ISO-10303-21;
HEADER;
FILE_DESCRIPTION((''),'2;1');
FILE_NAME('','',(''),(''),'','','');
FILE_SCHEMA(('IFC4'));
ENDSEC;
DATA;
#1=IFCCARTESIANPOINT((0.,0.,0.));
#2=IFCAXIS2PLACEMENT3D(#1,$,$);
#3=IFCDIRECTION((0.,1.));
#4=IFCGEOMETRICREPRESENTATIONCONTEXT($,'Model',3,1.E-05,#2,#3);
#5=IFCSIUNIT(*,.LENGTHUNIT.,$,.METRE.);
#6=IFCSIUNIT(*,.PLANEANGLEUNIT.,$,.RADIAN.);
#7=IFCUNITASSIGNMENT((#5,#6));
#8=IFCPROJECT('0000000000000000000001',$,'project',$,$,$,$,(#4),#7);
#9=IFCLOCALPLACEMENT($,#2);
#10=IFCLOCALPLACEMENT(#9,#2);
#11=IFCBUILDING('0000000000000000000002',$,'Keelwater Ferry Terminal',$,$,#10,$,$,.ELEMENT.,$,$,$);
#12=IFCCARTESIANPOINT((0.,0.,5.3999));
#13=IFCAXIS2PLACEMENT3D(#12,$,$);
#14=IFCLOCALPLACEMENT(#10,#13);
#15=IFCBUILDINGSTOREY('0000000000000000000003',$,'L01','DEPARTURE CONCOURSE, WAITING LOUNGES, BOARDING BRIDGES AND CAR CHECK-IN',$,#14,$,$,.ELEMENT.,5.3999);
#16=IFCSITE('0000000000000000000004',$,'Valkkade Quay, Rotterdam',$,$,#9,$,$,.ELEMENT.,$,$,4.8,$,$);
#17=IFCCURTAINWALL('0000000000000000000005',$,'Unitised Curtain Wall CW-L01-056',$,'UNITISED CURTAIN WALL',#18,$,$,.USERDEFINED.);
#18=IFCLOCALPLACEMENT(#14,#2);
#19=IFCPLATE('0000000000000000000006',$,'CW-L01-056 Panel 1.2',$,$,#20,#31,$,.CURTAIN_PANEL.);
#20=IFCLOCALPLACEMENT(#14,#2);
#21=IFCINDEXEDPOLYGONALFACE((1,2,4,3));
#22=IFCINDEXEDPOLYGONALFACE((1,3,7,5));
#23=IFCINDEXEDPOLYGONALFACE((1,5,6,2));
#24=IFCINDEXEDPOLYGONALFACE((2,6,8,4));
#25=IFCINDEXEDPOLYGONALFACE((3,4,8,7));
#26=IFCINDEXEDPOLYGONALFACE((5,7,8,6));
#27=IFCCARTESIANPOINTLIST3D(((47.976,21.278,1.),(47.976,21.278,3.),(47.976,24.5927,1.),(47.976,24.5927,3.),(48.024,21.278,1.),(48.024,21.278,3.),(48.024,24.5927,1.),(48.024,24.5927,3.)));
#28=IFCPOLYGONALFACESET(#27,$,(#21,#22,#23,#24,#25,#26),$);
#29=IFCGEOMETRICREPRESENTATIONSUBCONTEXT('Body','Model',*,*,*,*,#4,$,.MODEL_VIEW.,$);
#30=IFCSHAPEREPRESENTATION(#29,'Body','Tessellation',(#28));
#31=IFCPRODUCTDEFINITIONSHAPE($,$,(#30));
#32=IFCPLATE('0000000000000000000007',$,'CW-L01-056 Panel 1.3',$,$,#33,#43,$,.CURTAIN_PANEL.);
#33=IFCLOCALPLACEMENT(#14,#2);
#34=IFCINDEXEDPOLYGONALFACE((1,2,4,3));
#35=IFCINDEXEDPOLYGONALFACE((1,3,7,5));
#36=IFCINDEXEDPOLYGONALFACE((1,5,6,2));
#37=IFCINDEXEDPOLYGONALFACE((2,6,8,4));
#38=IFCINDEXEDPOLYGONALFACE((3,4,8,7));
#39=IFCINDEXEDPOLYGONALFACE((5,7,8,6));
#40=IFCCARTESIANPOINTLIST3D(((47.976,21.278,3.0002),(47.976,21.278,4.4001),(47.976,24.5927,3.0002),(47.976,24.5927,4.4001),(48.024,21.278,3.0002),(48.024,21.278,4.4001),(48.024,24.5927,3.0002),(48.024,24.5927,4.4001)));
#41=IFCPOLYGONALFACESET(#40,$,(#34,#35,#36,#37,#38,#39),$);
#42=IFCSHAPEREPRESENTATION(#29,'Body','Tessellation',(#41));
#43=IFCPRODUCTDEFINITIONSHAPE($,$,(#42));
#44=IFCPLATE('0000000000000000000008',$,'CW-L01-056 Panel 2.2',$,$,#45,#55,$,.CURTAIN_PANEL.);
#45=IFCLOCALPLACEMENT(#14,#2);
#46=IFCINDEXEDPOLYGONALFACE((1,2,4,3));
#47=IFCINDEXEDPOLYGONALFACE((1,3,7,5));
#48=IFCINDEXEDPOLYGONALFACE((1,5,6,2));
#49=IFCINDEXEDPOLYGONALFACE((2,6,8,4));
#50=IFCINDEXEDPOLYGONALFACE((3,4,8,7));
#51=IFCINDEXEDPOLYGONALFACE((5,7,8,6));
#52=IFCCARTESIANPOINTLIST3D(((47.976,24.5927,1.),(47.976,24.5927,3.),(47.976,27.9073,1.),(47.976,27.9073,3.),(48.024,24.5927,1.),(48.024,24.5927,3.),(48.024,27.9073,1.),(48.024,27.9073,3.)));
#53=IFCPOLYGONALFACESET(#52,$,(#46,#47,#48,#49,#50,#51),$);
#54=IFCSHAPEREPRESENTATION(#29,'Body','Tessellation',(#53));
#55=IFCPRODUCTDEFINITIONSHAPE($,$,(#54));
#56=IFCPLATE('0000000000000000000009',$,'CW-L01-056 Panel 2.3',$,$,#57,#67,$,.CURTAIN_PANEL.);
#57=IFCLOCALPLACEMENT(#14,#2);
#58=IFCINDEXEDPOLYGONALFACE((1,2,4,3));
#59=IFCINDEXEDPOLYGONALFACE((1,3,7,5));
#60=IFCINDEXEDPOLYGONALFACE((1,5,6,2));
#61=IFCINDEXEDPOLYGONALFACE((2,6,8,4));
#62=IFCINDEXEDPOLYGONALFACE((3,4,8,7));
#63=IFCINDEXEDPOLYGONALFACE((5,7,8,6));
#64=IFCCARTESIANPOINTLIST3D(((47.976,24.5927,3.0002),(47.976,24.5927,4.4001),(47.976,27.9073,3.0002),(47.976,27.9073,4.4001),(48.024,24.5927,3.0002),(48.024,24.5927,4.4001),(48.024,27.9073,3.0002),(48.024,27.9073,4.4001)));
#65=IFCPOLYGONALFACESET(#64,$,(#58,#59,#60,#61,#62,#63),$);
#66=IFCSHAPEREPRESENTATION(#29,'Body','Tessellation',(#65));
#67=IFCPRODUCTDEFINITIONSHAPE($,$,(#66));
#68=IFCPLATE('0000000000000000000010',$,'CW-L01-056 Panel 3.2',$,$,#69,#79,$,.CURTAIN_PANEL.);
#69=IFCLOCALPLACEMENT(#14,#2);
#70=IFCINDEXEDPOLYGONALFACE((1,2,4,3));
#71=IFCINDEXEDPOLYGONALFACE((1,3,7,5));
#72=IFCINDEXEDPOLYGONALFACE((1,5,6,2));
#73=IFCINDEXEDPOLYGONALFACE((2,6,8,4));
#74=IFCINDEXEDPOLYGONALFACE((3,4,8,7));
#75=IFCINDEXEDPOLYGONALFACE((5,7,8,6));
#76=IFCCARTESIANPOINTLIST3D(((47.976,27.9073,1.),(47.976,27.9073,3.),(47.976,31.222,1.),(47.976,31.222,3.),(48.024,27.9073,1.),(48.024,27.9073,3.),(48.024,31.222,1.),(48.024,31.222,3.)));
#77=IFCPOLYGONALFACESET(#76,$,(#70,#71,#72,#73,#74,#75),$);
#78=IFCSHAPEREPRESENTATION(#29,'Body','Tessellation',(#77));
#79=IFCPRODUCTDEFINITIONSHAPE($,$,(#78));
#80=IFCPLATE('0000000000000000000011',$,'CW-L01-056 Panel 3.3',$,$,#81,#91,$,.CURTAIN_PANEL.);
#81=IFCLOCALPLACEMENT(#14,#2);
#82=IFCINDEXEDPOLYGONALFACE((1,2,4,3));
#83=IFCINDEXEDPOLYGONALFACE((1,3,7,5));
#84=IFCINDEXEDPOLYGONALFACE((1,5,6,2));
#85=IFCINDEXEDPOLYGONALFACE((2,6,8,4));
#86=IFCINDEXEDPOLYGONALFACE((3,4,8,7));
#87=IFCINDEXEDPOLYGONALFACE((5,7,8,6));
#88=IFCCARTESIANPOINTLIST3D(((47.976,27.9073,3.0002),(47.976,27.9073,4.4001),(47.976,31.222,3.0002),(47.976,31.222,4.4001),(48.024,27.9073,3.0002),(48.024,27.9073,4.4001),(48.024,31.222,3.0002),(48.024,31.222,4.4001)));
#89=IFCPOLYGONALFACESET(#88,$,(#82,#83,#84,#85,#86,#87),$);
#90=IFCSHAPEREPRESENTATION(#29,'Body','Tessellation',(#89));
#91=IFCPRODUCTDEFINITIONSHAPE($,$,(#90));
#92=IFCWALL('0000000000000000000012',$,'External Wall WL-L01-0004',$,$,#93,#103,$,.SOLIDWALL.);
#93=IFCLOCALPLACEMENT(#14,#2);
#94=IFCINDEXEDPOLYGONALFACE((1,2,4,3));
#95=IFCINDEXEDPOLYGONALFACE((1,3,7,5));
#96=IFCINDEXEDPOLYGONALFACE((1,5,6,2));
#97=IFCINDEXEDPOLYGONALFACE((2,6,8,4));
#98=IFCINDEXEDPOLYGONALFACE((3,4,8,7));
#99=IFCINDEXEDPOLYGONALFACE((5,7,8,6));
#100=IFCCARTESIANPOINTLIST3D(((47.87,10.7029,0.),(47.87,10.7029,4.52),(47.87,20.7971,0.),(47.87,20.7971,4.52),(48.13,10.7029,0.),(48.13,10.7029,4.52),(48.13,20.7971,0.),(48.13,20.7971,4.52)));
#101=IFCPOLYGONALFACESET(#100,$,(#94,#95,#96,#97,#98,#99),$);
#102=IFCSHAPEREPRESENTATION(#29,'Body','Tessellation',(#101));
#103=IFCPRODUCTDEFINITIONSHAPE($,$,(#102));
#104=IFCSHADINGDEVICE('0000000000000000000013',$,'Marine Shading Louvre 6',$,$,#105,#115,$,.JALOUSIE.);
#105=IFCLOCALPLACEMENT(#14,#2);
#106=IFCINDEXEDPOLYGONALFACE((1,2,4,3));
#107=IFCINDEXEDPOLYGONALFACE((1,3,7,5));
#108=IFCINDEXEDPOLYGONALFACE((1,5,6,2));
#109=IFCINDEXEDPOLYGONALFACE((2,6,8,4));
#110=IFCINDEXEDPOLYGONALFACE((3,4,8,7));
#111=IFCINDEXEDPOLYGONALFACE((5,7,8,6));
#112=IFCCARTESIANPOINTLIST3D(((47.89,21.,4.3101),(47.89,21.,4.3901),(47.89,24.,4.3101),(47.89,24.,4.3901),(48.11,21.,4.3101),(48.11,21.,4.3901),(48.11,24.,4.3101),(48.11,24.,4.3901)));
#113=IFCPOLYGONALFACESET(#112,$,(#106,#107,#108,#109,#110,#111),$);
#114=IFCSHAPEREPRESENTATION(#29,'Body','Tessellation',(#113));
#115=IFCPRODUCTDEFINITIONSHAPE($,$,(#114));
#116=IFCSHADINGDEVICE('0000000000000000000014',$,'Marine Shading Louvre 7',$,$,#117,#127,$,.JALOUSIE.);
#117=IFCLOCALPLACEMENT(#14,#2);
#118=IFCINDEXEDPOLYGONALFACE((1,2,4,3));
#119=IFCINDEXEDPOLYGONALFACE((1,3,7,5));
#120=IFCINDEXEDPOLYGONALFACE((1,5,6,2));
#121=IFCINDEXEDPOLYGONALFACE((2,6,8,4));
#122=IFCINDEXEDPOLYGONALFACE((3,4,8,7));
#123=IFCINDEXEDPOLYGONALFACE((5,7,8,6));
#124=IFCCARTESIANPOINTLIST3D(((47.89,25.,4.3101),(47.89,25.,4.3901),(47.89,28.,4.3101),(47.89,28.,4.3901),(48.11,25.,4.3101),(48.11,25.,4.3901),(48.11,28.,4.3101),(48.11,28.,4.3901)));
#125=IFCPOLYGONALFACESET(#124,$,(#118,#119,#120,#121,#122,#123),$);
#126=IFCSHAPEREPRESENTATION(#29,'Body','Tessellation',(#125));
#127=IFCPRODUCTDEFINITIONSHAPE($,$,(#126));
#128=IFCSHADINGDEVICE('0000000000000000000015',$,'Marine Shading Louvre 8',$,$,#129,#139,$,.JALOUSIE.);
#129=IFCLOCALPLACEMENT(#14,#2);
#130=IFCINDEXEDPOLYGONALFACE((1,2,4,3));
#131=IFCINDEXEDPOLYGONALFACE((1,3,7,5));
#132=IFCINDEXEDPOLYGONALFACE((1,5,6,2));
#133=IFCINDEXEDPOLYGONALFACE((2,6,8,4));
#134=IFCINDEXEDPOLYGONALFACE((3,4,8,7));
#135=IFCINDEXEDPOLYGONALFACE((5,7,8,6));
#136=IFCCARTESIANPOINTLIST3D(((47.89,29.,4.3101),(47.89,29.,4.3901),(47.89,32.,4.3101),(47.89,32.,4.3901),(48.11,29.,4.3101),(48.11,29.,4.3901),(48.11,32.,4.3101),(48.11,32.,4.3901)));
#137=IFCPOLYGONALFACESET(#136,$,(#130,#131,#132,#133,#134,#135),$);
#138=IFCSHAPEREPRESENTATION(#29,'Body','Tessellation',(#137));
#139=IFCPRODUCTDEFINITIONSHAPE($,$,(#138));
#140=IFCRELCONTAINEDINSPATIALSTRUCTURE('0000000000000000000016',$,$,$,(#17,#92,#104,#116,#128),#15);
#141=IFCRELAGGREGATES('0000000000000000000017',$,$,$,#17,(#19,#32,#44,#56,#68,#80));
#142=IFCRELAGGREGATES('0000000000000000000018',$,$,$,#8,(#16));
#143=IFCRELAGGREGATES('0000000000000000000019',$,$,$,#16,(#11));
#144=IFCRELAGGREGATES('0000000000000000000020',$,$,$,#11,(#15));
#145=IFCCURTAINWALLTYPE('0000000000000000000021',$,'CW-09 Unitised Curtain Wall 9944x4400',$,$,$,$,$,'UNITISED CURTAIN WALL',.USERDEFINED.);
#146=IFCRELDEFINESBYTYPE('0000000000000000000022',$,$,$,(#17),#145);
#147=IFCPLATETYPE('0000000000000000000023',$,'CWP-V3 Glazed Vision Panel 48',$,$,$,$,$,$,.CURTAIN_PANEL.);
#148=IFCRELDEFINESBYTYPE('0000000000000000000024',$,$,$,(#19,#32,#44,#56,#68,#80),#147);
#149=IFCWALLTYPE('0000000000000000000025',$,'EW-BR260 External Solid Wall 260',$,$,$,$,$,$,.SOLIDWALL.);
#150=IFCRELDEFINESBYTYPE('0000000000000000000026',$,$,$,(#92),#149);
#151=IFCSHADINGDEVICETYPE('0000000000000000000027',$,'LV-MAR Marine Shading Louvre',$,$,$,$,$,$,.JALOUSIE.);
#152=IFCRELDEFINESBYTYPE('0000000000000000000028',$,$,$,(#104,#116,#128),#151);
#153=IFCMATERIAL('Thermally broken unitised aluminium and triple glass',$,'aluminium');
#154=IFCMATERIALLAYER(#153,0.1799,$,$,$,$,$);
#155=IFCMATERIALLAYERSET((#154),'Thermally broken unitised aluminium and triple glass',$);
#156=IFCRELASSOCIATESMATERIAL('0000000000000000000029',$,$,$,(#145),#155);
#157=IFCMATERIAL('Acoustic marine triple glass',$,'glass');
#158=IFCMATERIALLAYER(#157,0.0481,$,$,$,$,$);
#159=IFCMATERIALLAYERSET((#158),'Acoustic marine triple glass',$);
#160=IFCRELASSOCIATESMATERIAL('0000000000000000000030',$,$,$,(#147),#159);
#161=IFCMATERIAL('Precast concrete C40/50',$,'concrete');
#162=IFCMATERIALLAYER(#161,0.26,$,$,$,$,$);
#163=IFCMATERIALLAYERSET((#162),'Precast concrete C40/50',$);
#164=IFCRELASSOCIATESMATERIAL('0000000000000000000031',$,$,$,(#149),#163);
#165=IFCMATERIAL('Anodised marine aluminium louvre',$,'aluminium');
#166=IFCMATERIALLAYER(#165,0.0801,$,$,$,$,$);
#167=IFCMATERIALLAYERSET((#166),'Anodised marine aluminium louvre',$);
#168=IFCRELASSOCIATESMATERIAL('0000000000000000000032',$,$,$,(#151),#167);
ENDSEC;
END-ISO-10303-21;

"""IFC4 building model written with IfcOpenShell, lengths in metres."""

from ifc_helpers import new_model, si_unit, direction, frame, frame_2d, origin, origin_2d, place, context, subcontext, project, spatial, rectangle, extrude, material, layer, layer_set, type_object, element, aggregate, save


model = new_model("IFC4")

# Units and contexts
model_context = context("Model", 3, precision=1e-05, world=origin(), true_north=direction((0.0, 1.0)))
body_context = subcontext(model_context, "Body", "Model", "MODEL_VIEW")
ifc_project = project(units=[si_unit("LENGTHUNIT", "METRE"), si_unit("PLANEANGLEUNIT", "RADIAN")], contexts=[model_context])

# Site, building, storey
site_placement = place(None, origin())
site = spatial("IfcSite", under=ifc_project, at=site_placement, Name="Valkkade Quay, Rotterdam", CompositionType="ELEMENT", RefElevation=4.8)
building_placement = place(site_placement, origin())
building = spatial("IfcBuilding", under=site, at=building_placement, Name="Keelwater Ferry Terminal", CompositionType="ELEMENT")
storey_placement = place(building_placement, frame((0.0, 0.0, 5.3999)))
storey = spatial("IfcBuildingStorey", under=building, at=storey_placement, Name="L01", Description="DEPARTURE CONCOURSE, WAITING LOUNGES, BOARDING BRIDGES AND CAR CHECK-IN", CompositionType="ELEMENT", Elevation=5.3999)

# Curtain wall
ifc_material_1 = material(Name="Thermally broken unitised aluminium and triple glass", Category="aluminium")
ifc_layer_1 = layer(ifc_material_1, 0.1799)
ifc_layer_set_1 = layer_set([ifc_layer_1], Name="Thermally broken unitised aluminium and triple glass")
curtain_wall_type = type_object("IfcCurtainWallType", Name="CW-09 Unitised Curtain Wall 9944x4400", ElementType="UNITISED CURTAIN WALL", PredefinedType="USERDEFINED", material=ifc_layer_set_1)
curtain_wall_placement = place(storey_placement, origin())
curtain_wall = element("IfcCurtainWall", 1, at=curtain_wall_placement, inside=storey, type_object=curtain_wall_type, Name="Unitised Curtain Wall CW-L01-056", ObjectType="UNITISED CURTAIN WALL", PredefinedType="USERDEFINED")

# Plates
ifc_material_2 = material(Name="Acoustic marine triple glass", Category="glass")
ifc_layer_2 = layer(ifc_material_2, 0.0481)
ifc_layer_set_2 = layer_set([ifc_layer_2], Name="Acoustic marine triple glass")
plate_type_1 = type_object("IfcPlateType", Name="CWP-V3 Glazed Vision Panel 48", PredefinedType="CURTAIN_PANEL", material=ifc_layer_set_2)
plate_1_placement = place(storey_placement, frame((48.0, 22.9353, 1.0), z_axis=(0.0, 0.0, 1.0), x_axis=(0.0, 1.0, 0.0)))
plate_1 = element("IfcPlate", 2, at=plate_1_placement, type_object=plate_type_1, Name="CW-L01-056 Panel 1.2", PredefinedType="CURTAIN_PANEL", context=body_context, shape_type="SweptSolid", body=[
    extrude(rectangle(XDim=3.3147, YDim=0.0481, at=origin_2d()), origin(), (0.0, 0.0, 1.0), 2.0),
])
plate_2_placement = place(storey_placement, frame((48.0, 22.9353, 3.0002), z_axis=(0.0, 0.0, 1.0), x_axis=(0.0, 1.0, 0.0)))
plate_2 = element("IfcPlate", 3, at=plate_2_placement, type_object=plate_type_1, Name="CW-L01-056 Panel 1.3", PredefinedType="CURTAIN_PANEL", context=body_context, shape_type="SweptSolid", body=[
    extrude(rectangle(XDim=3.3147, YDim=0.0481, at=origin_2d()), origin(), (0.0, 0.0, 1.0), 1.3999),
])
plate_3_placement = place(storey_placement, frame((48.0, 26.25, 1.0), z_axis=(0.0, 0.0, 1.0), x_axis=(0.0, 1.0, 0.0)))
plate_3 = element("IfcPlate", 4, at=plate_3_placement, type_object=plate_type_1, Name="CW-L01-056 Panel 2.2", PredefinedType="CURTAIN_PANEL", context=body_context, shape_type="SweptSolid", body=[
    extrude(rectangle(XDim=3.3147, YDim=0.0481, at=origin_2d()), origin(), (0.0, 0.0, 1.0), 2.0),
])
plate_4_placement = place(storey_placement, frame((48.0, 26.25, 3.0002), z_axis=(0.0, 0.0, 1.0), x_axis=(0.0, 1.0, 0.0)))
plate_4 = element("IfcPlate", 5, at=plate_4_placement, type_object=plate_type_1, Name="CW-L01-056 Panel 2.3", PredefinedType="CURTAIN_PANEL", context=body_context, shape_type="SweptSolid", body=[
    extrude(rectangle(XDim=3.3147, YDim=0.0481, at=origin_2d()), origin(), (0.0, 0.0, 1.0), 1.3999),
])
plate_5_placement = place(storey_placement, frame((48.0, 29.5647, 1.0), z_axis=(0.0, 0.0, 1.0), x_axis=(0.0, 1.0, 0.0)))
plate_5 = element("IfcPlate", 6, at=plate_5_placement, type_object=plate_type_1, Name="CW-L01-056 Panel 3.2", PredefinedType="CURTAIN_PANEL", context=body_context, shape_type="SweptSolid", body=[
    extrude(rectangle(XDim=3.3147, YDim=0.0481, at=origin_2d()), origin(), (0.0, 0.0, 1.0), 2.0),
])
plate_6_placement = place(storey_placement, frame((48.0, 29.5647, 3.0002), z_axis=(0.0, 0.0, 1.0), x_axis=(0.0, 1.0, 0.0)))
plate_6 = element("IfcPlate", 7, at=plate_6_placement, type_object=plate_type_1, Name="CW-L01-056 Panel 3.3", PredefinedType="CURTAIN_PANEL", context=body_context, shape_type="SweptSolid", body=[
    extrude(rectangle(XDim=3.3147, YDim=0.0481, at=origin_2d()), origin(), (0.0, 0.0, 1.0), 1.3999),
])
aggregate(curtain_wall, [plate_1, plate_2, plate_3, plate_4, plate_5, plate_6])

# Wall
ifc_material_3 = material(Name="Precast concrete C40/50", Category="concrete")
ifc_layer_3 = layer(ifc_material_3, 0.26)
ifc_layer_set_3 = layer_set([ifc_layer_3], Name="Precast concrete C40/50")
wall_type = type_object("IfcWallType", Name="EW-BR260 External Solid Wall 260", PredefinedType="SOLIDWALL", material=ifc_layer_set_3)
wall_placement = place(storey_placement, frame((48.0, 10.7029, 0.0), z_axis=(0.0, 0.0, 1.0), x_axis=(0.0, 1.0, 0.0)))
element("IfcWall", 8, at=wall_placement, inside=storey, type_object=wall_type, Name="External Wall WL-L01-0004", PredefinedType="SOLIDWALL", context=body_context, shape_type="SweptSolid", body=[
    extrude(rectangle(XDim=10.0942, YDim=0.26, at=frame_2d((5.0471, 0.0))), origin(), (0.0, 0.0, 1.0), 4.52),
])

# Shading devices
ifc_material_4 = material(Name="Anodised marine aluminium louvre", Category="aluminium")
ifc_layer_4 = layer(ifc_material_4, 0.0801)
ifc_layer_set_4 = layer_set([ifc_layer_4], Name="Anodised marine aluminium louvre")
shading_device_type = type_object("IfcShadingDeviceType", Name="LV-MAR Marine Shading Louvre", PredefinedType="JALOUSIE", material=ifc_layer_set_4)
for number, where, z_axis, x_axis, name in (
    (9, (48.0, 22.5, 4.3101), (0.0, 0.0, 1.0), (1.0, 0.0, 0.0), "Marine Shading Louvre 6"),
    (10, (48.0, 26.5, 4.3101), (0.0, 0.0, 1.0), (1.0, 0.0, 0.0), "Marine Shading Louvre 7"),
    (11, (48.0, 30.5, 4.3101), (0.0, 0.0, 1.0), (1.0, 0.0, 0.0), "Marine Shading Louvre 8"),
):
    element("IfcShadingDevice", number, at=place(storey_placement, frame(where, z_axis=z_axis, x_axis=x_axis)), inside=storey, type_object=shading_device_type, Name=name, PredefinedType="JALOUSIE", context=body_context, shape_type="SweptSolid", body=[
        extrude(rectangle(XDim=0.22, YDim=3.0, at=origin_2d()), origin(), (0.0, 0.0, 1.0), 0.0801),
    ])

save(model, "model.ifc")
